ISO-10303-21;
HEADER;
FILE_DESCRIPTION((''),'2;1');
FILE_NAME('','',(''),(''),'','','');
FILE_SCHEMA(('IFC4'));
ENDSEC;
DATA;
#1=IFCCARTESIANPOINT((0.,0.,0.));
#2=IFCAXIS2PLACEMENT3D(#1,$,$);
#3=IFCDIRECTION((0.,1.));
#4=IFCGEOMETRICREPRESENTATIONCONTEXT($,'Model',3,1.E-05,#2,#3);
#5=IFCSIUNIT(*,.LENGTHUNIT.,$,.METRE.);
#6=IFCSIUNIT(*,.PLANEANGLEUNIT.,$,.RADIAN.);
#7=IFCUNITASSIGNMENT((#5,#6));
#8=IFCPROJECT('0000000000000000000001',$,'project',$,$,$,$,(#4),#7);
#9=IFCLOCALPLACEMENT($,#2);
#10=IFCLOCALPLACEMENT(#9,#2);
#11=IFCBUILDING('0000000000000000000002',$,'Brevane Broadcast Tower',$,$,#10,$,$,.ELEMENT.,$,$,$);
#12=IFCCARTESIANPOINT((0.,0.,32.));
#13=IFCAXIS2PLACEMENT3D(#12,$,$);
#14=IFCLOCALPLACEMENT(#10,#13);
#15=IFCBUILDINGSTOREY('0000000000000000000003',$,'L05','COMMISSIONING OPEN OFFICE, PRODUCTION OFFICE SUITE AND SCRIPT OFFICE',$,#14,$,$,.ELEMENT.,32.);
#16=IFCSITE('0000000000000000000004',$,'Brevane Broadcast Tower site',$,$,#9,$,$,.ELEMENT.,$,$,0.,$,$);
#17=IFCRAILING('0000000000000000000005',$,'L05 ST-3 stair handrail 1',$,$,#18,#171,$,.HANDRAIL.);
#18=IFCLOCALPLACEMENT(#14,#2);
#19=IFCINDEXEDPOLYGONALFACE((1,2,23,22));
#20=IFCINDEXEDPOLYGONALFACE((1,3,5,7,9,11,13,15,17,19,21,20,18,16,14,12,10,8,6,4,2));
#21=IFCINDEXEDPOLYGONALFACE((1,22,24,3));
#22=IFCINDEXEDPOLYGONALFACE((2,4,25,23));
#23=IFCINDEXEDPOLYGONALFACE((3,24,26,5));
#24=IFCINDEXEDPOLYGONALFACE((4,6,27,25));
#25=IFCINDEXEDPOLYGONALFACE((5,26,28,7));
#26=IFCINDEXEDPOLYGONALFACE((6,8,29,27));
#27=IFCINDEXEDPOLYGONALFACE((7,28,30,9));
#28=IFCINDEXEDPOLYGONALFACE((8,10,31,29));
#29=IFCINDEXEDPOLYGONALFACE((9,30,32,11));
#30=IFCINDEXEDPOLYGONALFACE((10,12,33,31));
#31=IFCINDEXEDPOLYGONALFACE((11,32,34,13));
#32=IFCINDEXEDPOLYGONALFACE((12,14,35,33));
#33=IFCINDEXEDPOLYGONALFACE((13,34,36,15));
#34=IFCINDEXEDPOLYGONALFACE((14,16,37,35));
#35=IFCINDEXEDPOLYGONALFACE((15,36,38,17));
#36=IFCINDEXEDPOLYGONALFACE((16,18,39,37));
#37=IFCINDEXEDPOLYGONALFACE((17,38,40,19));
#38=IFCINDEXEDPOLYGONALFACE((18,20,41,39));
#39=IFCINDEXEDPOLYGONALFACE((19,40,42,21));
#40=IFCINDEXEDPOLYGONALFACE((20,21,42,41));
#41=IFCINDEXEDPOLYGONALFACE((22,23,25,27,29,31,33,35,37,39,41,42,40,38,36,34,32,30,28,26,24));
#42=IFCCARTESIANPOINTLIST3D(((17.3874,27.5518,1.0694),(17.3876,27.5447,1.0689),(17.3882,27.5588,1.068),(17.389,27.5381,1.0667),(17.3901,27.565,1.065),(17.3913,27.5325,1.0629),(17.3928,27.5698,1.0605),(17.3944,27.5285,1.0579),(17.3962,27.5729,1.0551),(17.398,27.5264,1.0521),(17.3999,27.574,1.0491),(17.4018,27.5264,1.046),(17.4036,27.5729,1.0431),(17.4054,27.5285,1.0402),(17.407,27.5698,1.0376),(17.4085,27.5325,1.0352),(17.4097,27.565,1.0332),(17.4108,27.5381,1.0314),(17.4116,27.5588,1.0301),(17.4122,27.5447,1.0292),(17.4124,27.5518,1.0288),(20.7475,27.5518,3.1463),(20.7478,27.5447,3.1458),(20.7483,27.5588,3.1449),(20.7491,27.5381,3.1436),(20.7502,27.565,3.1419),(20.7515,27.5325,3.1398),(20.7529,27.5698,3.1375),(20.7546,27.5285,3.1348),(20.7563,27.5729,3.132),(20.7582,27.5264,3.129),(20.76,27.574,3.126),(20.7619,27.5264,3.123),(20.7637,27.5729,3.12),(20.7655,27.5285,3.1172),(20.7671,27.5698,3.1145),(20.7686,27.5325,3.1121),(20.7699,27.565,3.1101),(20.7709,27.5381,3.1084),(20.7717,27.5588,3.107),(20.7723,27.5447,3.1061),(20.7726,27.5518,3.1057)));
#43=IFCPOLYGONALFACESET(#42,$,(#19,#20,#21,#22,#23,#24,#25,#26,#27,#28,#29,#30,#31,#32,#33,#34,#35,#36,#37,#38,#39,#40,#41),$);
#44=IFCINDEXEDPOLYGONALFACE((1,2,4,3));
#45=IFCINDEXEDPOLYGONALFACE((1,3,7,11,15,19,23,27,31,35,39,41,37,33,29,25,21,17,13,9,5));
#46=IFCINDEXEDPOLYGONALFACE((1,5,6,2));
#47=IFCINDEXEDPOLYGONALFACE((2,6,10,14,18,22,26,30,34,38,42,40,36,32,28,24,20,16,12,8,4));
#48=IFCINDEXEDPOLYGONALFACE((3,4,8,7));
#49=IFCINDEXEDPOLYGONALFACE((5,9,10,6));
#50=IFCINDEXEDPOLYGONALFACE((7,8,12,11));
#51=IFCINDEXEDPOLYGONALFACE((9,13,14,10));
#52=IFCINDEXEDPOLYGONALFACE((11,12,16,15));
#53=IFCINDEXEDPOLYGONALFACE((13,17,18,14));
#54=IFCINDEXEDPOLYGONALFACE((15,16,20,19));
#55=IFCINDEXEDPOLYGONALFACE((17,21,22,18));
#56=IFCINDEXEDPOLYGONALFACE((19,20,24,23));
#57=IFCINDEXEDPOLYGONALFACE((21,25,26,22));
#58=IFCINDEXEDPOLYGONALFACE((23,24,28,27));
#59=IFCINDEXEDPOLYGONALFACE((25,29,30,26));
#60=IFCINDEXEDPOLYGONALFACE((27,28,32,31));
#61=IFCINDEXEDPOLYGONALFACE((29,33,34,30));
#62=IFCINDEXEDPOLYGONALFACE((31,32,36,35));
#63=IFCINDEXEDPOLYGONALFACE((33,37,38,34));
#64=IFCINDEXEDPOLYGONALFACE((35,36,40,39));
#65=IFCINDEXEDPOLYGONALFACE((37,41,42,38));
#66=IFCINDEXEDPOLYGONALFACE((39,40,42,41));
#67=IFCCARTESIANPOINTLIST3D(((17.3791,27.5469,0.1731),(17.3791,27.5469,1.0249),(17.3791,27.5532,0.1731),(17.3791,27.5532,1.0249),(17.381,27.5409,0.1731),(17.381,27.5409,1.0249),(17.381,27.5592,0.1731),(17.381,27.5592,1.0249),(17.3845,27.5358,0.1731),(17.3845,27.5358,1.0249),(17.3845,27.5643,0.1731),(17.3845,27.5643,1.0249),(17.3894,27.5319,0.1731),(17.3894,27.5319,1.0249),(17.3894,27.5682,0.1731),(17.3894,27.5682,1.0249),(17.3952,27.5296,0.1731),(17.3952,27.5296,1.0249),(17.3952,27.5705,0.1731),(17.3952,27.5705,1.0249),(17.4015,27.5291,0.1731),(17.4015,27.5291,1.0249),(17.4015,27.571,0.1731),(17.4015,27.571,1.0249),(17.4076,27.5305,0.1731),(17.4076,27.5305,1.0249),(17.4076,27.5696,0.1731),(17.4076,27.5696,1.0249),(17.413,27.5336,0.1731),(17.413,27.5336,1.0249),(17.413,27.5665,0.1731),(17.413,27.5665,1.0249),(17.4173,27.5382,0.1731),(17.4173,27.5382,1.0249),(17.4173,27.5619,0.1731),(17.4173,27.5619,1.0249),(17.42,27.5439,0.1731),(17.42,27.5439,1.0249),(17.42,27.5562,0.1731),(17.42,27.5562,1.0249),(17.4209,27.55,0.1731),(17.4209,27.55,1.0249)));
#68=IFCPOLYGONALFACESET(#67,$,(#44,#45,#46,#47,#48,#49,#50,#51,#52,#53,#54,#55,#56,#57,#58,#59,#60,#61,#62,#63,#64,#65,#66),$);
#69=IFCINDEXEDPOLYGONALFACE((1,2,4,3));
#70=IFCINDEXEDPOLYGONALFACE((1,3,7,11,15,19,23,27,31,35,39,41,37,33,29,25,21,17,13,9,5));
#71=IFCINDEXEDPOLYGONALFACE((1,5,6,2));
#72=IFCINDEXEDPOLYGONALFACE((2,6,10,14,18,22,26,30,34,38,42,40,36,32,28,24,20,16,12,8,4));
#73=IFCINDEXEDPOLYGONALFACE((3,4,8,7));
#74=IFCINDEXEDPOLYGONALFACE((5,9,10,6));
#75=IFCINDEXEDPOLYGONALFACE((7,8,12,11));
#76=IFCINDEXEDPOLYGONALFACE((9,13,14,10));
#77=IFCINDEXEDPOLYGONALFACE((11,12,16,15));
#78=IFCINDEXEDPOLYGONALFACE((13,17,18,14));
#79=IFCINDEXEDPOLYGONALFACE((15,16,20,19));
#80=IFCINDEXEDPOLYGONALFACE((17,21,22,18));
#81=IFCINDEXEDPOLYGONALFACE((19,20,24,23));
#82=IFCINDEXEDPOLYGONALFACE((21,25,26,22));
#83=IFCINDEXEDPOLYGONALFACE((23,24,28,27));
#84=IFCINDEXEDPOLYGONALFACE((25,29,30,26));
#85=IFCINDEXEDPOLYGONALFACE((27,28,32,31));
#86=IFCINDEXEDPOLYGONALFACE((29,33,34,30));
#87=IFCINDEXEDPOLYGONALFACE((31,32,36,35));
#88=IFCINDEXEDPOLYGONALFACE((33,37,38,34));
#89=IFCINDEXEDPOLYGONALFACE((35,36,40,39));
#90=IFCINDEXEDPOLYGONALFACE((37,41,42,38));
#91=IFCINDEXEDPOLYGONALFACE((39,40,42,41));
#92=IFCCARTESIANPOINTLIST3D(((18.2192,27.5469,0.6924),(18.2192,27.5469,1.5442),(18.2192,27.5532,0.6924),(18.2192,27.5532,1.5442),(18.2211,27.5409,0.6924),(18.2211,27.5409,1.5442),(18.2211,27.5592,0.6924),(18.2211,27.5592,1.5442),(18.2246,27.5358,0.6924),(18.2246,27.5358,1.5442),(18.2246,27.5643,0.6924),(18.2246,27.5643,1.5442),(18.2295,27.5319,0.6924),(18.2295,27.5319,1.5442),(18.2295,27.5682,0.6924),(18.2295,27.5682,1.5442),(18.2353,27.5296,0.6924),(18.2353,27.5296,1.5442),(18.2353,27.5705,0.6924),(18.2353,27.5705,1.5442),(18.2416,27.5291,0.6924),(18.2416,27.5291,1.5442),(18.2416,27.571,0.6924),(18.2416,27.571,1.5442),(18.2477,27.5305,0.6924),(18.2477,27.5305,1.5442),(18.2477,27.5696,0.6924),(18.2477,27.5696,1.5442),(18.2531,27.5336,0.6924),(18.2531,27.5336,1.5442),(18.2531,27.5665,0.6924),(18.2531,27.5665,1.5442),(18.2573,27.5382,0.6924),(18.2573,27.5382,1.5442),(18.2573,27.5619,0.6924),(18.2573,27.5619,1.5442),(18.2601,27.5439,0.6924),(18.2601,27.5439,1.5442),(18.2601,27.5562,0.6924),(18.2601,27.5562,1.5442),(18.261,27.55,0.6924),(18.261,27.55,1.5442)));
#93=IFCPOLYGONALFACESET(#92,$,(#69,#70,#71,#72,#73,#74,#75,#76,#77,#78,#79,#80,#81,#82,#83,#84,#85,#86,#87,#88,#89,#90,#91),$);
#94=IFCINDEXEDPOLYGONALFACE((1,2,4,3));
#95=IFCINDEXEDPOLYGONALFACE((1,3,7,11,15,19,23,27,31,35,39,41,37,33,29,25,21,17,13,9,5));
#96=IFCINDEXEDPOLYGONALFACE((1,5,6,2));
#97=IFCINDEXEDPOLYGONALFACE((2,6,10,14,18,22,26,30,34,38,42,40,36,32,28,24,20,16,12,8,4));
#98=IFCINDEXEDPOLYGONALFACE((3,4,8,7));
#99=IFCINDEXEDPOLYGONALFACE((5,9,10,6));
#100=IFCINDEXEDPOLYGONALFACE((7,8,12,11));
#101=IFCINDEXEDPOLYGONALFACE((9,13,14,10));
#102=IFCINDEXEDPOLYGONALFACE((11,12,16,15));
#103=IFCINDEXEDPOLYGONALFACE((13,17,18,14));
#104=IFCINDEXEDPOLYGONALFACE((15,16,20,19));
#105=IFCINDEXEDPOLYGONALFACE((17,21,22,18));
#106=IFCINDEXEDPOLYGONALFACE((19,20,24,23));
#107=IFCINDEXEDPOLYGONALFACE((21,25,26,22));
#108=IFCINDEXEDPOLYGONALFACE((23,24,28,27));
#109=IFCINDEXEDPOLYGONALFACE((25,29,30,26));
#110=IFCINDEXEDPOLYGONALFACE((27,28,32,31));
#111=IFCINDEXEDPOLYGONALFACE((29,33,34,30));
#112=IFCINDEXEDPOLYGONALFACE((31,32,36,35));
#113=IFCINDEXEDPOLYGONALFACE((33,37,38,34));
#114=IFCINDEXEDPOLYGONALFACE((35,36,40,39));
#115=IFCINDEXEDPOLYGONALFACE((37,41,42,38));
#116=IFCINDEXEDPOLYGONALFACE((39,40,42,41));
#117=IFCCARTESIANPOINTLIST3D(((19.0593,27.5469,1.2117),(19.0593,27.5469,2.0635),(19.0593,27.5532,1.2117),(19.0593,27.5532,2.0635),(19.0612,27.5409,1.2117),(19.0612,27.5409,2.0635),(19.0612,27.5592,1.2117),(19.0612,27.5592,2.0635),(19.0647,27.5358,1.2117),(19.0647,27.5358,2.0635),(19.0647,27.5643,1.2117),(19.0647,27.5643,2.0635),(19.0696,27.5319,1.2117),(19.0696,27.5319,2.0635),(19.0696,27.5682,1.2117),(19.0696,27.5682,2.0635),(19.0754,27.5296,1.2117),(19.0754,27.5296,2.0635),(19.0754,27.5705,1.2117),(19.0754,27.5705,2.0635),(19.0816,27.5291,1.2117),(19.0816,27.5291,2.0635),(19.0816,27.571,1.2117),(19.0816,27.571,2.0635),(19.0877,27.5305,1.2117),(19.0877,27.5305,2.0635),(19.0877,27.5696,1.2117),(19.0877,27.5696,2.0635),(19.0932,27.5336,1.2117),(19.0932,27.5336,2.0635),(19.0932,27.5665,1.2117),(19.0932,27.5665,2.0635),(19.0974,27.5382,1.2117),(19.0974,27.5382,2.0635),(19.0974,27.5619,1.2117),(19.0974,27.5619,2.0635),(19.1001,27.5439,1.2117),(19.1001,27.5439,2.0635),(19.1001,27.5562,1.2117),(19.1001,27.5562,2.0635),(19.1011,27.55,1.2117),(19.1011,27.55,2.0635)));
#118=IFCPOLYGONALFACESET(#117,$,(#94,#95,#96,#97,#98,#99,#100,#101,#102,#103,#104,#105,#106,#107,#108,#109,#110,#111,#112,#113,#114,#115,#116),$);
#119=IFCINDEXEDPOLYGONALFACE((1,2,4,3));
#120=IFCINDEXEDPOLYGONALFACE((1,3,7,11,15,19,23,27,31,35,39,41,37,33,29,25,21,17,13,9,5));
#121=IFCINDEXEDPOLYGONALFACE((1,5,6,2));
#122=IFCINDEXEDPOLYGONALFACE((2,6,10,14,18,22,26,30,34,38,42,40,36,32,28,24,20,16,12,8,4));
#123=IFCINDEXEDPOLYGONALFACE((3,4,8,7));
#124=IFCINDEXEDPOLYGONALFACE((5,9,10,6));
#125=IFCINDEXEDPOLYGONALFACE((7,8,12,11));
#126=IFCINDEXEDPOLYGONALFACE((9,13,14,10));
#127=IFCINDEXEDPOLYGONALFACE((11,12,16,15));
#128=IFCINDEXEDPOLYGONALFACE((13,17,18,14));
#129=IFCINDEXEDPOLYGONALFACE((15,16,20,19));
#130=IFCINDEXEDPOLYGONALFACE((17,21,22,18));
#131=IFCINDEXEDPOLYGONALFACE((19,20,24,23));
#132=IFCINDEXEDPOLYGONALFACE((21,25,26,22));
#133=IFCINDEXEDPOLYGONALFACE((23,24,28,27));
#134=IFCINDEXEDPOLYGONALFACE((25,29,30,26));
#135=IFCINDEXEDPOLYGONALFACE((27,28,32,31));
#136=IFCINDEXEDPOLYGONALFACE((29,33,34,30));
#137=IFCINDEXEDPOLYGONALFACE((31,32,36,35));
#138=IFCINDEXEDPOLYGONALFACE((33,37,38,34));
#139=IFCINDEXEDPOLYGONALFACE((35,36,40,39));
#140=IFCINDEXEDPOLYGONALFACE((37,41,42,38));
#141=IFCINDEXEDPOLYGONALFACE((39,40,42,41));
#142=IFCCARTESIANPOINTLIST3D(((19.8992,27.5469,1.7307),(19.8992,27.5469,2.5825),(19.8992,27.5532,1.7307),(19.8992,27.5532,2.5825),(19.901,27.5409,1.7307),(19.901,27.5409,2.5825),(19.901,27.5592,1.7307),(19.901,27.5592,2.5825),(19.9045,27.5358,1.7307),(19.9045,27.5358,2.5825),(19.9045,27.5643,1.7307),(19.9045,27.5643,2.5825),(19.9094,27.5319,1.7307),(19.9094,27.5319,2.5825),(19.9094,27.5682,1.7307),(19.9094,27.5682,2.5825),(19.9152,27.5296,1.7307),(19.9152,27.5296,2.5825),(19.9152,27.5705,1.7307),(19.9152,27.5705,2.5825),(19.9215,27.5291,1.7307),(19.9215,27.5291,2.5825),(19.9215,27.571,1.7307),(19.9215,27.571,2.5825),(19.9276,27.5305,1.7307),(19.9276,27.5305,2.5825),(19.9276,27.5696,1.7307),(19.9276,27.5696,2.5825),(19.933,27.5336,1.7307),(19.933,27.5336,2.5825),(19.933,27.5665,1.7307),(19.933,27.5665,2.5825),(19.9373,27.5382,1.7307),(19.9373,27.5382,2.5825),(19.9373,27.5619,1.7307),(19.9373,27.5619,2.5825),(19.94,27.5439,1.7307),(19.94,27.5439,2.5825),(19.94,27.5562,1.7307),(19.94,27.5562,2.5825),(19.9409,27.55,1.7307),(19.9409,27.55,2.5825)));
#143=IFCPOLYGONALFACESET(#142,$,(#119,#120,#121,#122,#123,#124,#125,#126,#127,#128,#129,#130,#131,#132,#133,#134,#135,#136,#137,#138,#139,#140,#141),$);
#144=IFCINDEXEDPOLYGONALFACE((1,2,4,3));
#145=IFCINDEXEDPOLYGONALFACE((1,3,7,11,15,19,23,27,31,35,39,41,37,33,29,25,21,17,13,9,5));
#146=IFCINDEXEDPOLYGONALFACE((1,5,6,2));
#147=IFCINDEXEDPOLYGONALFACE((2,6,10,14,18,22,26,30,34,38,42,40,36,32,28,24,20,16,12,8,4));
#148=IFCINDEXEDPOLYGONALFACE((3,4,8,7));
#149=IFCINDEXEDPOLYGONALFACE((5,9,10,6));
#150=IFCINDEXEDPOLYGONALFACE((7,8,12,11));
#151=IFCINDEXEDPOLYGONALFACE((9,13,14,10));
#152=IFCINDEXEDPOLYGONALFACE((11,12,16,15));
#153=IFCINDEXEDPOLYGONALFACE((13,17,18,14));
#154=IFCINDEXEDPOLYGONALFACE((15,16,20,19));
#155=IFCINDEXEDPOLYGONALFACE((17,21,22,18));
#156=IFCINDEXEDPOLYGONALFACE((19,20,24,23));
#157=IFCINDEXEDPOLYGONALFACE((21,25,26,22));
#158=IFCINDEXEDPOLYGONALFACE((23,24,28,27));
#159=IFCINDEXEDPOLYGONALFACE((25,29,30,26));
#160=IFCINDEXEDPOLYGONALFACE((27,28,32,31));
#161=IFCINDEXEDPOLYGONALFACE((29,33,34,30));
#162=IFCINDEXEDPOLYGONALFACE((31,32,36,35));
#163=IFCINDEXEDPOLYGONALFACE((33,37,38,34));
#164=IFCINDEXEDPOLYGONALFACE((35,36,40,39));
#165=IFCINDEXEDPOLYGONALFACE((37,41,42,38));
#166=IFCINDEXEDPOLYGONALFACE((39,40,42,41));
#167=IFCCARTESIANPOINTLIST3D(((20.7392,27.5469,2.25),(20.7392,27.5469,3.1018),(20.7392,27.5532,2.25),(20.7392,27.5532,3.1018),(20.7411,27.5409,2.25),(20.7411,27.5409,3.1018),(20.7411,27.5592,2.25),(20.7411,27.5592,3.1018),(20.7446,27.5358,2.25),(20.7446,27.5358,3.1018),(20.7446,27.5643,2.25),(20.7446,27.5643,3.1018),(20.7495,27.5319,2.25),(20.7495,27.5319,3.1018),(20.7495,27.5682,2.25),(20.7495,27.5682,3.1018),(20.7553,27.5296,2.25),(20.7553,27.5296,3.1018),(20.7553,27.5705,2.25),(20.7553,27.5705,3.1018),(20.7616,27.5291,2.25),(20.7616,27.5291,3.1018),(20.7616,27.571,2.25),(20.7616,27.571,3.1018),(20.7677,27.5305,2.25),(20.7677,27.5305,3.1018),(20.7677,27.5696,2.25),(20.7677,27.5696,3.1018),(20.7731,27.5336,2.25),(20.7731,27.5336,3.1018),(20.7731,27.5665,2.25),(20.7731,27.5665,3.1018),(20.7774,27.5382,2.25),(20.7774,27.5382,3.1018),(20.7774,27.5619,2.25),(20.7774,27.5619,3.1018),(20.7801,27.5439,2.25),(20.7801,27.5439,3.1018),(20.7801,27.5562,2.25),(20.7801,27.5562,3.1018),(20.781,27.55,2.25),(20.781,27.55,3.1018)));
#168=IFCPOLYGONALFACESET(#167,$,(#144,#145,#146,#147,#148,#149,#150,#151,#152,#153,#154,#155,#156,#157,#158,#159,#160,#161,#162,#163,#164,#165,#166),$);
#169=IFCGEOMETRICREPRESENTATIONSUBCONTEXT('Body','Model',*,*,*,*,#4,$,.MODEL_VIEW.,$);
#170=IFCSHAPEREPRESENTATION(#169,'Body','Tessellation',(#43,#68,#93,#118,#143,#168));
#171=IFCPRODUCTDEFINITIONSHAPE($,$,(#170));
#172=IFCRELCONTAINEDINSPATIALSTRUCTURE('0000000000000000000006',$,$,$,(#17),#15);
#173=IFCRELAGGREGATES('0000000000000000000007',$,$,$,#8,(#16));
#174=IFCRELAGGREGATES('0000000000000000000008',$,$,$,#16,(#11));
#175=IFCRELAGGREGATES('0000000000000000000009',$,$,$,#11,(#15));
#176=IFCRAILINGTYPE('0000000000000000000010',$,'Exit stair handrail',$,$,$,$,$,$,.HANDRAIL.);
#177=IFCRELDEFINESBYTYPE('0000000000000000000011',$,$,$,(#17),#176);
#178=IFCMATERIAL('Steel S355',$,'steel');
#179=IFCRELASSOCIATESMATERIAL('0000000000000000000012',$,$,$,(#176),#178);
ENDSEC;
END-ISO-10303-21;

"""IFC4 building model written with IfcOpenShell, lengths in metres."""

from ifc_helpers import new_model, si_unit, direction, frame, origin, origin_2d, place, context, subcontext, project, spatial, circle, extrude, material, type_object, element, save


model = new_model("IFC4")

# Units and contexts
model_context = context("Model", 3, precision=1e-05, world=origin(), true_north=direction((0.0, 1.0)))
body_context = subcontext(model_context, "Body", "Model", "MODEL_VIEW")
ifc_project = project(units=[si_unit("LENGTHUNIT", "METRE"), si_unit("PLANEANGLEUNIT", "RADIAN")], contexts=[model_context])

# Site, building, storey
site_placement = place(None, origin())
site = spatial("IfcSite", under=ifc_project, at=site_placement, Name="Brevane Broadcast Tower site", CompositionType="ELEMENT", RefElevation=0.0)
building_placement = place(site_placement, origin())
building = spatial("IfcBuilding", under=site, at=building_placement, Name="Brevane Broadcast Tower", CompositionType="ELEMENT")
storey_placement = place(building_placement, frame((0.0, 0.0, 32.0)))
storey = spatial("IfcBuildingStorey", under=building, at=storey_placement, Name="L05", Description="COMMISSIONING OPEN OFFICE, PRODUCTION OFFICE SUITE AND SCRIPT OFFICE", CompositionType="ELEMENT", Elevation=32.0)

# Railing
ifc_material_1 = material(Name="Steel S355", Category="steel")
railing_type_1 = type_object("IfcRailingType", Name="Exit stair handrail", PredefinedType="HANDRAIL", material=ifc_material_1)
railing_1_placement = place(storey_placement, frame((17.3999, 27.55, 0.1731)))
element("IfcRailing", 1, at=railing_1_placement, inside=storey, type_object=railing_type_1, Name="L05 ST-3 stair handrail 1", PredefinedType="HANDRAIL", context=body_context, shape_type="SweptSolid", body=[
    extrude(circle(Radius=0.0239, at=origin_2d()), frame((0.0, 0.0, 0.876), z_axis=(0.850623, 0.0, 0.525776), x_axis=(0.0, 1.0, 0.0)), (0.0, 0.0, 1.0), 3.9502),
    extrude(circle(Radius=0.021, at=origin_2d()), origin(), (0.0, 0.0, 1.0), 0.8518),
    extrude(circle(Radius=0.021, at=origin_2d()), frame((0.8401, 0.0, 0.5193)), (0.0, 0.0, 1.0), 0.8518),
    extrude(circle(Radius=0.021, at=origin_2d()), frame((1.6802, 0.0, 1.0386)), (0.0, 0.0, 1.0), 0.8518),
    extrude(circle(Radius=0.021, at=origin_2d()), frame((2.52, 0.0, 1.5576)), (0.0, 0.0, 1.0), 0.8518),
    extrude(circle(Radius=0.021, at=origin_2d()), frame((3.3601, 0.0, 2.0769)), (0.0, 0.0, 1.0), 0.8518),
])

save(model, "model.ifc")
